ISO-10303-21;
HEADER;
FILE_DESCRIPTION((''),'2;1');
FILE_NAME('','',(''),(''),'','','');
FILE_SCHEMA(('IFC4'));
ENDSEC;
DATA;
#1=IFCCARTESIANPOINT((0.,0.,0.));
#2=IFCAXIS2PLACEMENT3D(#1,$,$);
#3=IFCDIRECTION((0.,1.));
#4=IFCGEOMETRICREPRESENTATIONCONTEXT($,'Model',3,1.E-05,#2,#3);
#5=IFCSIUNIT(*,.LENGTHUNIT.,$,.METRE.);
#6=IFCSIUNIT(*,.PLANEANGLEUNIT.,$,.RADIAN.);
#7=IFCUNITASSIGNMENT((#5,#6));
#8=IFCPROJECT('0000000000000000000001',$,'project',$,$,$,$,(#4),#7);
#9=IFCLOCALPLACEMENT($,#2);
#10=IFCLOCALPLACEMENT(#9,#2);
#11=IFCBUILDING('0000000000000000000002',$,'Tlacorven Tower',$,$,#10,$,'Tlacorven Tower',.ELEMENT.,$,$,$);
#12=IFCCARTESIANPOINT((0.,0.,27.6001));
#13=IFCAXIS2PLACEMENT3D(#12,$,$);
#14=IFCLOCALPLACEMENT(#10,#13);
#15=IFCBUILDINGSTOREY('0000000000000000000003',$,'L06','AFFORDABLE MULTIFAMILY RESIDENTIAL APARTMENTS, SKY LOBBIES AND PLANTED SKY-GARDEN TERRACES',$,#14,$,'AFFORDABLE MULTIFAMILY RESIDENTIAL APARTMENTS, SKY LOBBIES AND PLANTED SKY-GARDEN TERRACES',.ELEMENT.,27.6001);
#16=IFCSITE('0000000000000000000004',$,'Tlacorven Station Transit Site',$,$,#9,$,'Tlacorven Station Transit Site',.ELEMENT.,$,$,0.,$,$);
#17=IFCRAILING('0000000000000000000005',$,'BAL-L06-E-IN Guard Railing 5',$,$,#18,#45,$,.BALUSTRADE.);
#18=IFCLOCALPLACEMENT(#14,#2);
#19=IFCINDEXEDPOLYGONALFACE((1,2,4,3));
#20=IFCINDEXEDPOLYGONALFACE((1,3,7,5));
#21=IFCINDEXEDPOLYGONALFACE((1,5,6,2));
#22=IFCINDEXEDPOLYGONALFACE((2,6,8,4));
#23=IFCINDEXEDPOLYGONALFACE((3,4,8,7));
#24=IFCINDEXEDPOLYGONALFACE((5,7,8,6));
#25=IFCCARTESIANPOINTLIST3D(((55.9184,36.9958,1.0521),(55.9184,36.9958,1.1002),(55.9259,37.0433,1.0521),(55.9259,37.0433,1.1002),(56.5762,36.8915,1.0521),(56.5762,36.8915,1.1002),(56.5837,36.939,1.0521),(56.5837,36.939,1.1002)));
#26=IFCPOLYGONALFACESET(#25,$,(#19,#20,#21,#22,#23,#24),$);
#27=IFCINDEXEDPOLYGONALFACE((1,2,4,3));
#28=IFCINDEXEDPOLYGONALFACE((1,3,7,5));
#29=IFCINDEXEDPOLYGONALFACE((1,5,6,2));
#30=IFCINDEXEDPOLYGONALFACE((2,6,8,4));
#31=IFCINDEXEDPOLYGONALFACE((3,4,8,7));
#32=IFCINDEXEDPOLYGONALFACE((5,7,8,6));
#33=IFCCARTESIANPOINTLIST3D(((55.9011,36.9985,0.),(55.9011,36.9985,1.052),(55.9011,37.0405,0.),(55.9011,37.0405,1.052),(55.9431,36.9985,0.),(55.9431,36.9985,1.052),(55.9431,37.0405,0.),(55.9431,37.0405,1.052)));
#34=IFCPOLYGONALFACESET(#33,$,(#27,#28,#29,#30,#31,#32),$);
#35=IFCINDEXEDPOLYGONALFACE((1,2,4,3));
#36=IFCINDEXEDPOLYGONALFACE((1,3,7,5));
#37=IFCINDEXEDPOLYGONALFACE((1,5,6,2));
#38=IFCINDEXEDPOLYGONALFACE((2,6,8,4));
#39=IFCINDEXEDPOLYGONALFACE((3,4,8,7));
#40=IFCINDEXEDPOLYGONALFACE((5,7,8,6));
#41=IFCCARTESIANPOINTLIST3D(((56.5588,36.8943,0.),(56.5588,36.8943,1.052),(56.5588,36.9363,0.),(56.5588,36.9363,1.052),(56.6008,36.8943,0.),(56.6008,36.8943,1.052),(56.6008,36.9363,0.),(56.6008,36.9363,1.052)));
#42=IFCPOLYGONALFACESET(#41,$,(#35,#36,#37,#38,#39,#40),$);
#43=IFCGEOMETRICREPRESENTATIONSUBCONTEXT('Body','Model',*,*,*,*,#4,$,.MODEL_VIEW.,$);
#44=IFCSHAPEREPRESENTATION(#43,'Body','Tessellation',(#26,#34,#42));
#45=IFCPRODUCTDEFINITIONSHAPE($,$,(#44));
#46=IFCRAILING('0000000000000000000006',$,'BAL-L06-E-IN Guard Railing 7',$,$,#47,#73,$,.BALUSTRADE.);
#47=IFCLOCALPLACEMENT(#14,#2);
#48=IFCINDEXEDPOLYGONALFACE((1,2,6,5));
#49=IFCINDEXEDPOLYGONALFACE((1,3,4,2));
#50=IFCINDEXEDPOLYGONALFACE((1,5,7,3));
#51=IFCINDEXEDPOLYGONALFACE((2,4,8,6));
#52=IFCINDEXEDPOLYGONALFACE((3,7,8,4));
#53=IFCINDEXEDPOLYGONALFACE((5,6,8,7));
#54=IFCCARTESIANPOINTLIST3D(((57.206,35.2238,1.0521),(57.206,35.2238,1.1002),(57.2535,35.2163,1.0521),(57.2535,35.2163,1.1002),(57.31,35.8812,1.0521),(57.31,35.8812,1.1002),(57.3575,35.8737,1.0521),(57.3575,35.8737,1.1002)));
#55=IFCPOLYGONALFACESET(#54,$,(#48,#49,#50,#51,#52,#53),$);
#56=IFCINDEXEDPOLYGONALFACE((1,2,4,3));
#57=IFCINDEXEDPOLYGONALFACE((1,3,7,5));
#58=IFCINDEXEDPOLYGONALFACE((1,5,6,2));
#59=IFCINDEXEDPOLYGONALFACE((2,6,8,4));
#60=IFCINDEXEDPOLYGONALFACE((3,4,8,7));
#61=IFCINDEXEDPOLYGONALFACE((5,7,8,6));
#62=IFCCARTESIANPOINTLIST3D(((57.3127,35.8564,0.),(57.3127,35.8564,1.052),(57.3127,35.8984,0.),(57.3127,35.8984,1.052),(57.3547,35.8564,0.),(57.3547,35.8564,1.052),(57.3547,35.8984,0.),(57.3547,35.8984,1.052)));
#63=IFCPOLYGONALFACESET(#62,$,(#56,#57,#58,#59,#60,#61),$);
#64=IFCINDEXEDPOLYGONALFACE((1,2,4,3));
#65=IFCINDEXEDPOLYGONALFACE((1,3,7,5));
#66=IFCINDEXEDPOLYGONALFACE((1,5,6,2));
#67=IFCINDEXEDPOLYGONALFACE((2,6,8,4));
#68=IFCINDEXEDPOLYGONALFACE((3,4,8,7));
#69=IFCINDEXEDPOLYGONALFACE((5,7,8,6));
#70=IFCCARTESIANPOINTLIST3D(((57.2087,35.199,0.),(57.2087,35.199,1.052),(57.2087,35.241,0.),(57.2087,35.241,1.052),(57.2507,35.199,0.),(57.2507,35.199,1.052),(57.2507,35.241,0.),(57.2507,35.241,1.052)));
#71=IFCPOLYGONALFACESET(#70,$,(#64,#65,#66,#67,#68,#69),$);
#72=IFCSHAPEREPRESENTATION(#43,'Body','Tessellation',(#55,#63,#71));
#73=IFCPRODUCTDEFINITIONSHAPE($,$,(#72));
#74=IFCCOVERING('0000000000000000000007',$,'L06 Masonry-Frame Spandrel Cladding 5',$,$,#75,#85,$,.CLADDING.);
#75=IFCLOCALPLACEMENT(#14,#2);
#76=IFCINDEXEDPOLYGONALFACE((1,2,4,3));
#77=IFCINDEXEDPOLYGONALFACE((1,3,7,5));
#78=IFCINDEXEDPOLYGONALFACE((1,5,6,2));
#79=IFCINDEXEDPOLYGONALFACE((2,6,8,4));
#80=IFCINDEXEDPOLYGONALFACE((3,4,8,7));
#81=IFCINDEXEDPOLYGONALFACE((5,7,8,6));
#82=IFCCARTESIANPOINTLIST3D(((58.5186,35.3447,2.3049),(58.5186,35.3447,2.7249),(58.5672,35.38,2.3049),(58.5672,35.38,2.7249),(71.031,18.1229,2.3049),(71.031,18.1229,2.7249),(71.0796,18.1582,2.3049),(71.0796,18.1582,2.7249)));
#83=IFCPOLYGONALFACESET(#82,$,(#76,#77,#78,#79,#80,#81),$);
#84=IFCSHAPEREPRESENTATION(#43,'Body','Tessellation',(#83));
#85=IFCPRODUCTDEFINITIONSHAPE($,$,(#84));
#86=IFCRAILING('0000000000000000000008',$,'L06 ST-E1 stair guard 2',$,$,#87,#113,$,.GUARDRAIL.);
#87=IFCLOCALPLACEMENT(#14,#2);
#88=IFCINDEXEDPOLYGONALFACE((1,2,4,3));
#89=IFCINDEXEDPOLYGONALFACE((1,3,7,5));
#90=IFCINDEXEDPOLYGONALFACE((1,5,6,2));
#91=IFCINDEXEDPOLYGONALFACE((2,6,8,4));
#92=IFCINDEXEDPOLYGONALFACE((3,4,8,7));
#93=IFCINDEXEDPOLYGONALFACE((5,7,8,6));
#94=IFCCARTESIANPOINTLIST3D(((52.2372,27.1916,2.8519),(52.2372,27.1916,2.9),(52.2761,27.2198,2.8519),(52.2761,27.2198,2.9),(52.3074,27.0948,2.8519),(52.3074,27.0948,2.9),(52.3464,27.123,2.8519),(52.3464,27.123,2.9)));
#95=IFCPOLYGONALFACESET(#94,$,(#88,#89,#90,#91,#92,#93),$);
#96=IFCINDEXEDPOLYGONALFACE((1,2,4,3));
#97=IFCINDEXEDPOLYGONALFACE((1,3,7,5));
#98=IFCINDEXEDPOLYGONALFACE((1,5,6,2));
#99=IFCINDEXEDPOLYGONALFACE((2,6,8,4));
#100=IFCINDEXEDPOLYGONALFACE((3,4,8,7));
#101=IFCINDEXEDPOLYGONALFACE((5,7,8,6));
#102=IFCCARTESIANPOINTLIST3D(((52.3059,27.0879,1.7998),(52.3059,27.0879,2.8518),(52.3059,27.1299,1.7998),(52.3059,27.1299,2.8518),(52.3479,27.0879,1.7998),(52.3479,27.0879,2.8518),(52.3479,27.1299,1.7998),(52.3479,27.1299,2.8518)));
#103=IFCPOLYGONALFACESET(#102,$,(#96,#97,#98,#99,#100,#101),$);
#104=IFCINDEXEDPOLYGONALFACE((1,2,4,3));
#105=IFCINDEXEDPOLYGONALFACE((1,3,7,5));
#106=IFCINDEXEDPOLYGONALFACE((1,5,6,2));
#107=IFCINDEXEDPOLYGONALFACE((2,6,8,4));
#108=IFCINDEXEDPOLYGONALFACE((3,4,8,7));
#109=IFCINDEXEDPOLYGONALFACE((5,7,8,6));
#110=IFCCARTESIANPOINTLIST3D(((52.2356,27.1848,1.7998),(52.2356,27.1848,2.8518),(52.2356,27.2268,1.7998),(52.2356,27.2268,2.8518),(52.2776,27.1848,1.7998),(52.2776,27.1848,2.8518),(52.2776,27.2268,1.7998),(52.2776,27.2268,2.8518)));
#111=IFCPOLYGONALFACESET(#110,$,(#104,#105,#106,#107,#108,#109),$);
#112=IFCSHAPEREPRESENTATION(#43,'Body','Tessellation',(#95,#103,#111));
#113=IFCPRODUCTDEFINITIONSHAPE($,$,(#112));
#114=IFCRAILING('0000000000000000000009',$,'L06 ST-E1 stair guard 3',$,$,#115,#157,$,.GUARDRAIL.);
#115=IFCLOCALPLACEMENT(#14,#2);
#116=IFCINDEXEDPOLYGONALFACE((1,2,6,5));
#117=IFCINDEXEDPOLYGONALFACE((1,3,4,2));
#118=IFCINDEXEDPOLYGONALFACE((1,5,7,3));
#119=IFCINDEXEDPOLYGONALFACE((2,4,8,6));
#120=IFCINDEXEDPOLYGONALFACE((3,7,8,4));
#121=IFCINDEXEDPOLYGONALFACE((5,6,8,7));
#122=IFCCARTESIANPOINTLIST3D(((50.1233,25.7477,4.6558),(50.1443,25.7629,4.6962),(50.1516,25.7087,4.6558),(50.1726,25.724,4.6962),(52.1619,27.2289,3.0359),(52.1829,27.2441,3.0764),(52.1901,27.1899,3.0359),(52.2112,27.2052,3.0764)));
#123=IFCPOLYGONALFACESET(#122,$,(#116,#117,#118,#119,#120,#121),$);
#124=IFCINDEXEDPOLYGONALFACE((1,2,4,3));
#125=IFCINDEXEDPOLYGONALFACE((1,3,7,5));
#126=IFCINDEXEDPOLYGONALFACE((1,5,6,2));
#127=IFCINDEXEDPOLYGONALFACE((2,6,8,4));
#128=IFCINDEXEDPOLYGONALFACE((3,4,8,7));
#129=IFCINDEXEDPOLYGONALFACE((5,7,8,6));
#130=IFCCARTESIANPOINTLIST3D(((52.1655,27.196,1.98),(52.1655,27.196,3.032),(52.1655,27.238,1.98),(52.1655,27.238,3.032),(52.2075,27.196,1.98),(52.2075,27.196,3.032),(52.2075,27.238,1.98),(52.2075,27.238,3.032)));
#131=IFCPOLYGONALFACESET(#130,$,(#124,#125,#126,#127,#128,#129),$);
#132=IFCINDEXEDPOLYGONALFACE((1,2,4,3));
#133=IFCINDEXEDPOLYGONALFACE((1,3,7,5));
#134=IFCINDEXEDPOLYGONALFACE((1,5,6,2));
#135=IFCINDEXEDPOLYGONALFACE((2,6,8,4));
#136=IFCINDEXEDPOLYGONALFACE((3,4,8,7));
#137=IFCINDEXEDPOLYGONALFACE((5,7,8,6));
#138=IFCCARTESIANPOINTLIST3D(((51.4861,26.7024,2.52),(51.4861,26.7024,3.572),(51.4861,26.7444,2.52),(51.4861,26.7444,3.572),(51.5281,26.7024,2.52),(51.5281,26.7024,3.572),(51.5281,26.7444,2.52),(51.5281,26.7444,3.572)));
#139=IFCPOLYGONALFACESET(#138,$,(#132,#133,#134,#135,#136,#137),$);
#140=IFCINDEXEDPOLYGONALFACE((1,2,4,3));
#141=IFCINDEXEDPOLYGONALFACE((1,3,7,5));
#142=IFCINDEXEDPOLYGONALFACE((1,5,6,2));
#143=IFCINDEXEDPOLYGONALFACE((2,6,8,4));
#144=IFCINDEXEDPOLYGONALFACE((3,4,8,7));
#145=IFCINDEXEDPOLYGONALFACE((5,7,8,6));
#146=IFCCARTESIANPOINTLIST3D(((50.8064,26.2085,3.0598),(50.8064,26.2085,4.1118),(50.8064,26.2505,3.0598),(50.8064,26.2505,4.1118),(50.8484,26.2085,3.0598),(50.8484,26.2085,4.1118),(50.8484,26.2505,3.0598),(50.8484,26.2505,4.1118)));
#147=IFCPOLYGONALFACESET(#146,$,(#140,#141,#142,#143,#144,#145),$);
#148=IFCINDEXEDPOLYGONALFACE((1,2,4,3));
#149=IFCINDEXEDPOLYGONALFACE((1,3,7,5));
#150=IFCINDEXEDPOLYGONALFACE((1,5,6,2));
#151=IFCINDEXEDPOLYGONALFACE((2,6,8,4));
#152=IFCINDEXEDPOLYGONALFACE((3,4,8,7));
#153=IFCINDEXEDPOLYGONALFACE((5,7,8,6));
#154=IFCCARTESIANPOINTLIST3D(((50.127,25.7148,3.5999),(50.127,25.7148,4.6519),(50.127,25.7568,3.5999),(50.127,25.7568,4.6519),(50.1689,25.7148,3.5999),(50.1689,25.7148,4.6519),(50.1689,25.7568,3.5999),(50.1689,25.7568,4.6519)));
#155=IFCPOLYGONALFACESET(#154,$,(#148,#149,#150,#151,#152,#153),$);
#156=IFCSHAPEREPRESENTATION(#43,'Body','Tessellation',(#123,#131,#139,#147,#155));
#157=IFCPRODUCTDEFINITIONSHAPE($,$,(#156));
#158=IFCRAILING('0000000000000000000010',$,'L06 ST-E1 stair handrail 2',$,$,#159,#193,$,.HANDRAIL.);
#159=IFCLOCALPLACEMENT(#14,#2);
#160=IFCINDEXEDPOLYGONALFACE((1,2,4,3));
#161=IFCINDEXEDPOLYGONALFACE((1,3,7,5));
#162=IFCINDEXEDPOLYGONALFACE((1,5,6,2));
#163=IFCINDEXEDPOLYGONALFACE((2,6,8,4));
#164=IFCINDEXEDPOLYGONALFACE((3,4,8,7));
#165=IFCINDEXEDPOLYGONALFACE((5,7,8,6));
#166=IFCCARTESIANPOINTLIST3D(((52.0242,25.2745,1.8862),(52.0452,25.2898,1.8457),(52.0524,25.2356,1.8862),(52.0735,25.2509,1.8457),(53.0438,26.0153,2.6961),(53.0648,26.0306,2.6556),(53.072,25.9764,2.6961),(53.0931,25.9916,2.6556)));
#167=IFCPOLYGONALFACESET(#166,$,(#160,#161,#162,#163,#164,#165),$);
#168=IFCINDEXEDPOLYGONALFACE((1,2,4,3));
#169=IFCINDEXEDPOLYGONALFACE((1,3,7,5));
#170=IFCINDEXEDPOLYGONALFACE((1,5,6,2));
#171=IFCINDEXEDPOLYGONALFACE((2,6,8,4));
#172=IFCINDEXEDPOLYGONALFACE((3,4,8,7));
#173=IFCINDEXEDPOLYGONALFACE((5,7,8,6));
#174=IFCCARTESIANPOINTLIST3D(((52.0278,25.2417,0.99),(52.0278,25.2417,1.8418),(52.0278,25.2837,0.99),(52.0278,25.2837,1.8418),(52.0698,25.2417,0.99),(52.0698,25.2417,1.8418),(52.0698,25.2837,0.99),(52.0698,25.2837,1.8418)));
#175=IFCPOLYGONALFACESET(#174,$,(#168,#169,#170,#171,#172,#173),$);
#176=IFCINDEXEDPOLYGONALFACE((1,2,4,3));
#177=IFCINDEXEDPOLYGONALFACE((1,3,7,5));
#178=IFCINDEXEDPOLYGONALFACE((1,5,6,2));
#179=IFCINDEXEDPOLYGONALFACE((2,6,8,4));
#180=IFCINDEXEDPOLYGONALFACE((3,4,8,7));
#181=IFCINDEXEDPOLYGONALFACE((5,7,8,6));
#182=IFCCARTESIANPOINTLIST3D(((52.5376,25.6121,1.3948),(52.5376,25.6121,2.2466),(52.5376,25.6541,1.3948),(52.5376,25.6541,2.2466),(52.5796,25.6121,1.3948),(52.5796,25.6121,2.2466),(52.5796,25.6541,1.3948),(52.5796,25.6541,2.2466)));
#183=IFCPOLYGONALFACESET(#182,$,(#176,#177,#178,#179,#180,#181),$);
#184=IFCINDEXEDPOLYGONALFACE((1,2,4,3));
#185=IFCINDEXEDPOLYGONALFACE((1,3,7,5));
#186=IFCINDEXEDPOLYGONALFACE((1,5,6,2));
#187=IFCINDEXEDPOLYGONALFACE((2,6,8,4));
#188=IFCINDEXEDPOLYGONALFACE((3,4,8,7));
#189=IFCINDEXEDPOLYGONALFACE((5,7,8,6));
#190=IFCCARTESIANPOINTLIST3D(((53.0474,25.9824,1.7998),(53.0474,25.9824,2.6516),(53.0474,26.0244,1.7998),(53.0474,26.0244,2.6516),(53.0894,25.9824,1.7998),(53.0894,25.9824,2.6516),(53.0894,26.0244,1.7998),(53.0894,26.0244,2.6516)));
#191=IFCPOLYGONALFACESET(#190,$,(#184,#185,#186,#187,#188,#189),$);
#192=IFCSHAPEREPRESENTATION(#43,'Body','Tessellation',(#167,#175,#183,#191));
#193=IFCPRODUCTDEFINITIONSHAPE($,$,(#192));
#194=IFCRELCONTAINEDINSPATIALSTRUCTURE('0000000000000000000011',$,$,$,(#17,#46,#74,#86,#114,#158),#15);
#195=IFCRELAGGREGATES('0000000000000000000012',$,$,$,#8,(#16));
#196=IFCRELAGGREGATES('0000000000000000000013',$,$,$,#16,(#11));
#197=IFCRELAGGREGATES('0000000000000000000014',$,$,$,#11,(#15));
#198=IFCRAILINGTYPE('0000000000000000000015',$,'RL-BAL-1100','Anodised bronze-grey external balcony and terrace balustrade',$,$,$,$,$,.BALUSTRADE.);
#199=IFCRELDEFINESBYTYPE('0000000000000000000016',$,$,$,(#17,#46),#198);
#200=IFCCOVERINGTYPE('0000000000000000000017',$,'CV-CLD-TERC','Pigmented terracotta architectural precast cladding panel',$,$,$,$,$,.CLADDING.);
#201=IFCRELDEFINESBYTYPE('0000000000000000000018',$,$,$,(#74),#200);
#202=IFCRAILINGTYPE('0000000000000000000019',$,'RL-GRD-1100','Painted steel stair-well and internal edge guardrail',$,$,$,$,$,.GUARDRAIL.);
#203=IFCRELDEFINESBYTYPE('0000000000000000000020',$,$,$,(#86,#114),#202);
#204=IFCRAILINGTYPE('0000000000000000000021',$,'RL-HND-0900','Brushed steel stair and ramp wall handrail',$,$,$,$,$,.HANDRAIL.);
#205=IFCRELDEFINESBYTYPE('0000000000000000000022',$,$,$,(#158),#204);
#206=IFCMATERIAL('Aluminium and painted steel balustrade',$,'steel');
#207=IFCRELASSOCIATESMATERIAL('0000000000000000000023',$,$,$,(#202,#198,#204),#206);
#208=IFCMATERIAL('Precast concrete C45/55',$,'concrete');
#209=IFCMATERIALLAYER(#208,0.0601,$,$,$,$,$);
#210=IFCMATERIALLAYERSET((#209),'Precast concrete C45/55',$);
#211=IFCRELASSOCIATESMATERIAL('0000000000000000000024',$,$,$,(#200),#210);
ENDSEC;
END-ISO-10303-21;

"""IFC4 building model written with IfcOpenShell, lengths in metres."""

from ifc_helpers import new_model, si_unit, direction, frame, origin, origin_2d, place, context, subcontext, project, spatial, rectangle, extrude, source, transform, mapped, material, layer, layer_set, type_object, element, save


model = new_model("IFC4")

# Units and contexts
model_context = context("Model", 3, precision=1e-05, world=origin(), true_north=direction((0.0, 1.0)))
body_context = subcontext(model_context, "Body", "Model", "MODEL_VIEW")
ifc_project = project(units=[si_unit("LENGTHUNIT", "METRE"), si_unit("PLANEANGLEUNIT", "RADIAN")], contexts=[model_context])

# Site, building, storey
site_placement = place(None, origin())
site = spatial("IfcSite", under=ifc_project, at=site_placement, Name="Tlacorven Station Transit Site", LongName="Tlacorven Station Transit Site", CompositionType="ELEMENT", RefElevation=0.0)
building_placement = place(site_placement, origin())
building = spatial("IfcBuilding", under=site, at=building_placement, Name="Tlacorven Tower", LongName="Tlacorven Tower", CompositionType="ELEMENT")
storey_placement = place(building_placement, frame((0.0, 0.0, 27.6001)))
storey = spatial("IfcBuildingStorey", under=building, at=storey_placement, Name="L06", Description="AFFORDABLE MULTIFAMILY RESIDENTIAL APARTMENTS, SKY LOBBIES AND PLANTED SKY-GARDEN TERRACES", LongName="AFFORDABLE MULTIFAMILY RESIDENTIAL APARTMENTS, SKY LOBBIES AND PLANTED SKY-GARDEN TERRACES", CompositionType="ELEMENT", Elevation=27.6001)

# Shared definitions
ifc_material_1 = material(Name="Precast concrete C45/55", Category="concrete")

# Railings
ifc_material_2 = material(Name="Aluminium and painted steel balustrade", Category="steel")
railing_type_1 = type_object("IfcRailingType", Name="RL-GRD-1100", Description="Painted steel stair-well and internal edge guardrail", PredefinedType="GUARDRAIL", material=ifc_material_2)
railing_type_2 = type_object("IfcRailingType", Name="RL-BAL-1100", Description="Anodised bronze-grey external balcony and terrace balustrade", PredefinedType="BALUSTRADE", material=ifc_material_2)
shared_shape_1 = source(origin(), body_context, "Body", "SweptSolid", [
    extrude(rectangle(XDim=0.0481, YDim=0.0481, at=origin_2d()), frame((0.0, 0.0, 1.0762), z_axis=(0.987671, -0.156546, 0.0), x_axis=(0.156546, 0.987671, 0.0)), (0.0, 0.0, 1.0), 0.666),
    extrude(rectangle(XDim=0.042, YDim=0.042, at=origin_2d()), origin(), (0.0, 0.0, 1.0), 1.052),
    extrude(rectangle(XDim=0.042, YDim=0.042, at=origin_2d()), frame((0.6577, -0.1042, 0.0)), (0.0, 0.0, 1.0), 1.052),
])
railing_1_placement = place(storey_placement, frame((55.9221, 37.0195, 0.0)))
element("IfcRailing", 1, at=railing_1_placement, inside=storey, type_object=railing_type_2, Name="BAL-L06-E-IN Guard Railing 5", PredefinedType="BALUSTRADE", context=body_context, shape_type="MappedRepresentation", body=[
    mapped(shared_shape_1, transform((0.0, 0.0, 0.0), scale=1.0)),
])
shared_shape_2 = source(origin(), body_context, "Body", "SweptSolid", [
    extrude(rectangle(XDim=0.0481, YDim=0.0481, at=origin_2d()), frame((0.0, 0.0, 1.0762), z_axis=(-0.156245, -0.987718, 0.0), x_axis=(0.987718, -0.156245, 0.0)), (0.0, 0.0, 1.0), 0.6655),
    extrude(rectangle(XDim=0.042, YDim=0.042, at=origin_2d()), origin(), (0.0, 0.0, 1.0), 1.052),
    extrude(rectangle(XDim=0.042, YDim=0.042, at=origin_2d()), frame((-0.104, -0.6575, 0.0)), (0.0, 0.0, 1.0), 1.052),
])
railing_2_placement = place(storey_placement, frame((57.3337, 35.8774, 0.0)))
element("IfcRailing", 2, at=railing_2_placement, inside=storey, type_object=railing_type_2, Name="BAL-L06-E-IN Guard Railing 7", PredefinedType="BALUSTRADE", context=body_context, shape_type="MappedRepresentation", body=[
    mapped(shared_shape_2, transform((0.0, 0.0, 0.0), scale=1.0)),
])

# Covering
ifc_layer_1 = layer(ifc_material_1, 0.0601)
ifc_layer_set_1 = layer_set([ifc_layer_1], Name="Precast concrete C45/55")
covering_type = type_object("IfcCoveringType", Name="CV-CLD-TERC", Description="Pigmented terracotta architectural precast cladding panel", PredefinedType="CLADDING", material=ifc_layer_set_1)
shared_shape_3 = source(origin(), body_context, "Body", "SweptSolid", [
    extrude(rectangle(XDim=21.2874, YDim=0.0601, at=origin_2d()), origin(), (0.0, 0.0, 1.0), 0.4199),
])
covering_placement = place(storey_placement, frame((64.7991, 26.7515, 2.3049), z_axis=(0.0, 0.0, 1.0), x_axis=(0.587785, -0.809017, 0.0)))
element("IfcCovering", 3, at=covering_placement, inside=storey, type_object=covering_type, Name="L06 Masonry-Frame Spandrel Cladding 5", PredefinedType="CLADDING", context=body_context, shape_type="MappedRepresentation", body=[
    mapped(shared_shape_3, transform((0.0, 0.0, 0.0), scale=1.0)),
])

# Railings
shared_shape_4 = source(origin(), body_context, "Body", "SweptSolid", [
    extrude(rectangle(XDim=0.0481, YDim=0.0481, at=origin_2d()), frame((0.0, 0.0, 1.0762), z_axis=(-0.587201, 0.809441, 0.0), x_axis=(-0.809441, -0.587201, 0.0)), (0.0, 0.0, 1.0), 0.1196),
    extrude(rectangle(XDim=0.042, YDim=0.042, at=origin_2d()), origin(), (0.0, 0.0, 1.0), 1.052),
    extrude(rectangle(XDim=0.042, YDim=0.042, at=origin_2d()), frame((-0.0703, 0.0969, 0.0)), (0.0, 0.0, 1.0), 1.052),
])
railing_3_placement = place(storey_placement, frame((52.3269, 27.1089, 1.7998)))
element("IfcRailing", 4, at=railing_3_placement, inside=storey, type_object=railing_type_1, Name="L06 ST-E1 stair guard 2", PredefinedType="GUARDRAIL", context=body_context, shape_type="MappedRepresentation", body=[
    mapped(shared_shape_4, transform((0.0, 0.0, 0.0), scale=1.0)),
])
shared_shape_5 = source(origin(), body_context, "Body", "SweptSolid", [
    extrude(rectangle(XDim=0.0481, YDim=0.0481, at=origin_2d()), frame((0.0, 0.0, 1.0762), z_axis=(-0.680519, -0.494456, 0.540747), x_axis=(0.587809, -0.809, 0.0)), (0.0, 0.0, 1.0), 2.9956),
    extrude(rectangle(XDim=0.042, YDim=0.042, at=origin_2d()), origin(), (0.0, 0.0, 1.0), 1.052),
    extrude(rectangle(XDim=0.042, YDim=0.042, at=origin_2d()), frame((-0.6794, -0.4937, 0.54)), (0.0, 0.0, 1.0), 1.052),
    extrude(rectangle(XDim=0.042, YDim=0.042, at=origin_2d()), frame((-1.3591, -0.9875, 1.0798)), (0.0, 0.0, 1.0), 1.052),
    extrude(rectangle(XDim=0.042, YDim=0.042, at=origin_2d()), frame((-2.0386, -1.4812, 1.6199)), (0.0, 0.0, 1.0), 1.052),
])
railing_4_placement = place(storey_placement, frame((52.1865, 27.217, 1.98)))
element("IfcRailing", 5, at=railing_4_placement, inside=storey, type_object=railing_type_1, Name="L06 ST-E1 stair guard 3", PredefinedType="GUARDRAIL", context=body_context, shape_type="MappedRepresentation", body=[
    mapped(shared_shape_5, transform((0.0, 0.0, 0.0), scale=1.0)),
])
railing_type_3 = type_object("IfcRailingType", Name="RL-HND-0900", Description="Brushed steel stair and ramp wall handrail", PredefinedType="HANDRAIL", material=ifc_material_2)
shared_shape_6 = source(origin(), body_context, "Body", "SweptSolid", [
    extrude(rectangle(XDim=0.0481, YDim=0.0481, at=origin_2d()), frame((0.0, 0.0, 0.876), z_axis=(0.680609, 0.494484, 0.540608), x_axis=(-0.58778, 0.809021, 0.0)), (0.0, 0.0, 1.0), 1.498),
    extrude(rectangle(XDim=0.042, YDim=0.042, at=origin_2d()), origin(), (0.0, 0.0, 1.0), 0.8518),
    extrude(rectangle(XDim=0.042, YDim=0.042, at=origin_2d()), frame((0.5098, 0.3704, 0.4048)), (0.0, 0.0, 1.0), 0.8518),
    extrude(rectangle(XDim=0.042, YDim=0.042, at=origin_2d()), frame((1.0195, 0.7407, 0.8098)), (0.0, 0.0, 1.0), 0.8518),
])
railing_5_placement = place(storey_placement, frame((52.0488, 25.2627, 0.99)))
element("IfcRailing", 6, at=railing_5_placement, inside=storey, type_object=railing_type_3, Name="L06 ST-E1 stair handrail 2", PredefinedType="HANDRAIL", context=body_context, shape_type="MappedRepresentation", body=[
    mapped(shared_shape_6, transform((0.0, 0.0, 0.0), scale=1.0)),
])

save(model, "model.ifc")
